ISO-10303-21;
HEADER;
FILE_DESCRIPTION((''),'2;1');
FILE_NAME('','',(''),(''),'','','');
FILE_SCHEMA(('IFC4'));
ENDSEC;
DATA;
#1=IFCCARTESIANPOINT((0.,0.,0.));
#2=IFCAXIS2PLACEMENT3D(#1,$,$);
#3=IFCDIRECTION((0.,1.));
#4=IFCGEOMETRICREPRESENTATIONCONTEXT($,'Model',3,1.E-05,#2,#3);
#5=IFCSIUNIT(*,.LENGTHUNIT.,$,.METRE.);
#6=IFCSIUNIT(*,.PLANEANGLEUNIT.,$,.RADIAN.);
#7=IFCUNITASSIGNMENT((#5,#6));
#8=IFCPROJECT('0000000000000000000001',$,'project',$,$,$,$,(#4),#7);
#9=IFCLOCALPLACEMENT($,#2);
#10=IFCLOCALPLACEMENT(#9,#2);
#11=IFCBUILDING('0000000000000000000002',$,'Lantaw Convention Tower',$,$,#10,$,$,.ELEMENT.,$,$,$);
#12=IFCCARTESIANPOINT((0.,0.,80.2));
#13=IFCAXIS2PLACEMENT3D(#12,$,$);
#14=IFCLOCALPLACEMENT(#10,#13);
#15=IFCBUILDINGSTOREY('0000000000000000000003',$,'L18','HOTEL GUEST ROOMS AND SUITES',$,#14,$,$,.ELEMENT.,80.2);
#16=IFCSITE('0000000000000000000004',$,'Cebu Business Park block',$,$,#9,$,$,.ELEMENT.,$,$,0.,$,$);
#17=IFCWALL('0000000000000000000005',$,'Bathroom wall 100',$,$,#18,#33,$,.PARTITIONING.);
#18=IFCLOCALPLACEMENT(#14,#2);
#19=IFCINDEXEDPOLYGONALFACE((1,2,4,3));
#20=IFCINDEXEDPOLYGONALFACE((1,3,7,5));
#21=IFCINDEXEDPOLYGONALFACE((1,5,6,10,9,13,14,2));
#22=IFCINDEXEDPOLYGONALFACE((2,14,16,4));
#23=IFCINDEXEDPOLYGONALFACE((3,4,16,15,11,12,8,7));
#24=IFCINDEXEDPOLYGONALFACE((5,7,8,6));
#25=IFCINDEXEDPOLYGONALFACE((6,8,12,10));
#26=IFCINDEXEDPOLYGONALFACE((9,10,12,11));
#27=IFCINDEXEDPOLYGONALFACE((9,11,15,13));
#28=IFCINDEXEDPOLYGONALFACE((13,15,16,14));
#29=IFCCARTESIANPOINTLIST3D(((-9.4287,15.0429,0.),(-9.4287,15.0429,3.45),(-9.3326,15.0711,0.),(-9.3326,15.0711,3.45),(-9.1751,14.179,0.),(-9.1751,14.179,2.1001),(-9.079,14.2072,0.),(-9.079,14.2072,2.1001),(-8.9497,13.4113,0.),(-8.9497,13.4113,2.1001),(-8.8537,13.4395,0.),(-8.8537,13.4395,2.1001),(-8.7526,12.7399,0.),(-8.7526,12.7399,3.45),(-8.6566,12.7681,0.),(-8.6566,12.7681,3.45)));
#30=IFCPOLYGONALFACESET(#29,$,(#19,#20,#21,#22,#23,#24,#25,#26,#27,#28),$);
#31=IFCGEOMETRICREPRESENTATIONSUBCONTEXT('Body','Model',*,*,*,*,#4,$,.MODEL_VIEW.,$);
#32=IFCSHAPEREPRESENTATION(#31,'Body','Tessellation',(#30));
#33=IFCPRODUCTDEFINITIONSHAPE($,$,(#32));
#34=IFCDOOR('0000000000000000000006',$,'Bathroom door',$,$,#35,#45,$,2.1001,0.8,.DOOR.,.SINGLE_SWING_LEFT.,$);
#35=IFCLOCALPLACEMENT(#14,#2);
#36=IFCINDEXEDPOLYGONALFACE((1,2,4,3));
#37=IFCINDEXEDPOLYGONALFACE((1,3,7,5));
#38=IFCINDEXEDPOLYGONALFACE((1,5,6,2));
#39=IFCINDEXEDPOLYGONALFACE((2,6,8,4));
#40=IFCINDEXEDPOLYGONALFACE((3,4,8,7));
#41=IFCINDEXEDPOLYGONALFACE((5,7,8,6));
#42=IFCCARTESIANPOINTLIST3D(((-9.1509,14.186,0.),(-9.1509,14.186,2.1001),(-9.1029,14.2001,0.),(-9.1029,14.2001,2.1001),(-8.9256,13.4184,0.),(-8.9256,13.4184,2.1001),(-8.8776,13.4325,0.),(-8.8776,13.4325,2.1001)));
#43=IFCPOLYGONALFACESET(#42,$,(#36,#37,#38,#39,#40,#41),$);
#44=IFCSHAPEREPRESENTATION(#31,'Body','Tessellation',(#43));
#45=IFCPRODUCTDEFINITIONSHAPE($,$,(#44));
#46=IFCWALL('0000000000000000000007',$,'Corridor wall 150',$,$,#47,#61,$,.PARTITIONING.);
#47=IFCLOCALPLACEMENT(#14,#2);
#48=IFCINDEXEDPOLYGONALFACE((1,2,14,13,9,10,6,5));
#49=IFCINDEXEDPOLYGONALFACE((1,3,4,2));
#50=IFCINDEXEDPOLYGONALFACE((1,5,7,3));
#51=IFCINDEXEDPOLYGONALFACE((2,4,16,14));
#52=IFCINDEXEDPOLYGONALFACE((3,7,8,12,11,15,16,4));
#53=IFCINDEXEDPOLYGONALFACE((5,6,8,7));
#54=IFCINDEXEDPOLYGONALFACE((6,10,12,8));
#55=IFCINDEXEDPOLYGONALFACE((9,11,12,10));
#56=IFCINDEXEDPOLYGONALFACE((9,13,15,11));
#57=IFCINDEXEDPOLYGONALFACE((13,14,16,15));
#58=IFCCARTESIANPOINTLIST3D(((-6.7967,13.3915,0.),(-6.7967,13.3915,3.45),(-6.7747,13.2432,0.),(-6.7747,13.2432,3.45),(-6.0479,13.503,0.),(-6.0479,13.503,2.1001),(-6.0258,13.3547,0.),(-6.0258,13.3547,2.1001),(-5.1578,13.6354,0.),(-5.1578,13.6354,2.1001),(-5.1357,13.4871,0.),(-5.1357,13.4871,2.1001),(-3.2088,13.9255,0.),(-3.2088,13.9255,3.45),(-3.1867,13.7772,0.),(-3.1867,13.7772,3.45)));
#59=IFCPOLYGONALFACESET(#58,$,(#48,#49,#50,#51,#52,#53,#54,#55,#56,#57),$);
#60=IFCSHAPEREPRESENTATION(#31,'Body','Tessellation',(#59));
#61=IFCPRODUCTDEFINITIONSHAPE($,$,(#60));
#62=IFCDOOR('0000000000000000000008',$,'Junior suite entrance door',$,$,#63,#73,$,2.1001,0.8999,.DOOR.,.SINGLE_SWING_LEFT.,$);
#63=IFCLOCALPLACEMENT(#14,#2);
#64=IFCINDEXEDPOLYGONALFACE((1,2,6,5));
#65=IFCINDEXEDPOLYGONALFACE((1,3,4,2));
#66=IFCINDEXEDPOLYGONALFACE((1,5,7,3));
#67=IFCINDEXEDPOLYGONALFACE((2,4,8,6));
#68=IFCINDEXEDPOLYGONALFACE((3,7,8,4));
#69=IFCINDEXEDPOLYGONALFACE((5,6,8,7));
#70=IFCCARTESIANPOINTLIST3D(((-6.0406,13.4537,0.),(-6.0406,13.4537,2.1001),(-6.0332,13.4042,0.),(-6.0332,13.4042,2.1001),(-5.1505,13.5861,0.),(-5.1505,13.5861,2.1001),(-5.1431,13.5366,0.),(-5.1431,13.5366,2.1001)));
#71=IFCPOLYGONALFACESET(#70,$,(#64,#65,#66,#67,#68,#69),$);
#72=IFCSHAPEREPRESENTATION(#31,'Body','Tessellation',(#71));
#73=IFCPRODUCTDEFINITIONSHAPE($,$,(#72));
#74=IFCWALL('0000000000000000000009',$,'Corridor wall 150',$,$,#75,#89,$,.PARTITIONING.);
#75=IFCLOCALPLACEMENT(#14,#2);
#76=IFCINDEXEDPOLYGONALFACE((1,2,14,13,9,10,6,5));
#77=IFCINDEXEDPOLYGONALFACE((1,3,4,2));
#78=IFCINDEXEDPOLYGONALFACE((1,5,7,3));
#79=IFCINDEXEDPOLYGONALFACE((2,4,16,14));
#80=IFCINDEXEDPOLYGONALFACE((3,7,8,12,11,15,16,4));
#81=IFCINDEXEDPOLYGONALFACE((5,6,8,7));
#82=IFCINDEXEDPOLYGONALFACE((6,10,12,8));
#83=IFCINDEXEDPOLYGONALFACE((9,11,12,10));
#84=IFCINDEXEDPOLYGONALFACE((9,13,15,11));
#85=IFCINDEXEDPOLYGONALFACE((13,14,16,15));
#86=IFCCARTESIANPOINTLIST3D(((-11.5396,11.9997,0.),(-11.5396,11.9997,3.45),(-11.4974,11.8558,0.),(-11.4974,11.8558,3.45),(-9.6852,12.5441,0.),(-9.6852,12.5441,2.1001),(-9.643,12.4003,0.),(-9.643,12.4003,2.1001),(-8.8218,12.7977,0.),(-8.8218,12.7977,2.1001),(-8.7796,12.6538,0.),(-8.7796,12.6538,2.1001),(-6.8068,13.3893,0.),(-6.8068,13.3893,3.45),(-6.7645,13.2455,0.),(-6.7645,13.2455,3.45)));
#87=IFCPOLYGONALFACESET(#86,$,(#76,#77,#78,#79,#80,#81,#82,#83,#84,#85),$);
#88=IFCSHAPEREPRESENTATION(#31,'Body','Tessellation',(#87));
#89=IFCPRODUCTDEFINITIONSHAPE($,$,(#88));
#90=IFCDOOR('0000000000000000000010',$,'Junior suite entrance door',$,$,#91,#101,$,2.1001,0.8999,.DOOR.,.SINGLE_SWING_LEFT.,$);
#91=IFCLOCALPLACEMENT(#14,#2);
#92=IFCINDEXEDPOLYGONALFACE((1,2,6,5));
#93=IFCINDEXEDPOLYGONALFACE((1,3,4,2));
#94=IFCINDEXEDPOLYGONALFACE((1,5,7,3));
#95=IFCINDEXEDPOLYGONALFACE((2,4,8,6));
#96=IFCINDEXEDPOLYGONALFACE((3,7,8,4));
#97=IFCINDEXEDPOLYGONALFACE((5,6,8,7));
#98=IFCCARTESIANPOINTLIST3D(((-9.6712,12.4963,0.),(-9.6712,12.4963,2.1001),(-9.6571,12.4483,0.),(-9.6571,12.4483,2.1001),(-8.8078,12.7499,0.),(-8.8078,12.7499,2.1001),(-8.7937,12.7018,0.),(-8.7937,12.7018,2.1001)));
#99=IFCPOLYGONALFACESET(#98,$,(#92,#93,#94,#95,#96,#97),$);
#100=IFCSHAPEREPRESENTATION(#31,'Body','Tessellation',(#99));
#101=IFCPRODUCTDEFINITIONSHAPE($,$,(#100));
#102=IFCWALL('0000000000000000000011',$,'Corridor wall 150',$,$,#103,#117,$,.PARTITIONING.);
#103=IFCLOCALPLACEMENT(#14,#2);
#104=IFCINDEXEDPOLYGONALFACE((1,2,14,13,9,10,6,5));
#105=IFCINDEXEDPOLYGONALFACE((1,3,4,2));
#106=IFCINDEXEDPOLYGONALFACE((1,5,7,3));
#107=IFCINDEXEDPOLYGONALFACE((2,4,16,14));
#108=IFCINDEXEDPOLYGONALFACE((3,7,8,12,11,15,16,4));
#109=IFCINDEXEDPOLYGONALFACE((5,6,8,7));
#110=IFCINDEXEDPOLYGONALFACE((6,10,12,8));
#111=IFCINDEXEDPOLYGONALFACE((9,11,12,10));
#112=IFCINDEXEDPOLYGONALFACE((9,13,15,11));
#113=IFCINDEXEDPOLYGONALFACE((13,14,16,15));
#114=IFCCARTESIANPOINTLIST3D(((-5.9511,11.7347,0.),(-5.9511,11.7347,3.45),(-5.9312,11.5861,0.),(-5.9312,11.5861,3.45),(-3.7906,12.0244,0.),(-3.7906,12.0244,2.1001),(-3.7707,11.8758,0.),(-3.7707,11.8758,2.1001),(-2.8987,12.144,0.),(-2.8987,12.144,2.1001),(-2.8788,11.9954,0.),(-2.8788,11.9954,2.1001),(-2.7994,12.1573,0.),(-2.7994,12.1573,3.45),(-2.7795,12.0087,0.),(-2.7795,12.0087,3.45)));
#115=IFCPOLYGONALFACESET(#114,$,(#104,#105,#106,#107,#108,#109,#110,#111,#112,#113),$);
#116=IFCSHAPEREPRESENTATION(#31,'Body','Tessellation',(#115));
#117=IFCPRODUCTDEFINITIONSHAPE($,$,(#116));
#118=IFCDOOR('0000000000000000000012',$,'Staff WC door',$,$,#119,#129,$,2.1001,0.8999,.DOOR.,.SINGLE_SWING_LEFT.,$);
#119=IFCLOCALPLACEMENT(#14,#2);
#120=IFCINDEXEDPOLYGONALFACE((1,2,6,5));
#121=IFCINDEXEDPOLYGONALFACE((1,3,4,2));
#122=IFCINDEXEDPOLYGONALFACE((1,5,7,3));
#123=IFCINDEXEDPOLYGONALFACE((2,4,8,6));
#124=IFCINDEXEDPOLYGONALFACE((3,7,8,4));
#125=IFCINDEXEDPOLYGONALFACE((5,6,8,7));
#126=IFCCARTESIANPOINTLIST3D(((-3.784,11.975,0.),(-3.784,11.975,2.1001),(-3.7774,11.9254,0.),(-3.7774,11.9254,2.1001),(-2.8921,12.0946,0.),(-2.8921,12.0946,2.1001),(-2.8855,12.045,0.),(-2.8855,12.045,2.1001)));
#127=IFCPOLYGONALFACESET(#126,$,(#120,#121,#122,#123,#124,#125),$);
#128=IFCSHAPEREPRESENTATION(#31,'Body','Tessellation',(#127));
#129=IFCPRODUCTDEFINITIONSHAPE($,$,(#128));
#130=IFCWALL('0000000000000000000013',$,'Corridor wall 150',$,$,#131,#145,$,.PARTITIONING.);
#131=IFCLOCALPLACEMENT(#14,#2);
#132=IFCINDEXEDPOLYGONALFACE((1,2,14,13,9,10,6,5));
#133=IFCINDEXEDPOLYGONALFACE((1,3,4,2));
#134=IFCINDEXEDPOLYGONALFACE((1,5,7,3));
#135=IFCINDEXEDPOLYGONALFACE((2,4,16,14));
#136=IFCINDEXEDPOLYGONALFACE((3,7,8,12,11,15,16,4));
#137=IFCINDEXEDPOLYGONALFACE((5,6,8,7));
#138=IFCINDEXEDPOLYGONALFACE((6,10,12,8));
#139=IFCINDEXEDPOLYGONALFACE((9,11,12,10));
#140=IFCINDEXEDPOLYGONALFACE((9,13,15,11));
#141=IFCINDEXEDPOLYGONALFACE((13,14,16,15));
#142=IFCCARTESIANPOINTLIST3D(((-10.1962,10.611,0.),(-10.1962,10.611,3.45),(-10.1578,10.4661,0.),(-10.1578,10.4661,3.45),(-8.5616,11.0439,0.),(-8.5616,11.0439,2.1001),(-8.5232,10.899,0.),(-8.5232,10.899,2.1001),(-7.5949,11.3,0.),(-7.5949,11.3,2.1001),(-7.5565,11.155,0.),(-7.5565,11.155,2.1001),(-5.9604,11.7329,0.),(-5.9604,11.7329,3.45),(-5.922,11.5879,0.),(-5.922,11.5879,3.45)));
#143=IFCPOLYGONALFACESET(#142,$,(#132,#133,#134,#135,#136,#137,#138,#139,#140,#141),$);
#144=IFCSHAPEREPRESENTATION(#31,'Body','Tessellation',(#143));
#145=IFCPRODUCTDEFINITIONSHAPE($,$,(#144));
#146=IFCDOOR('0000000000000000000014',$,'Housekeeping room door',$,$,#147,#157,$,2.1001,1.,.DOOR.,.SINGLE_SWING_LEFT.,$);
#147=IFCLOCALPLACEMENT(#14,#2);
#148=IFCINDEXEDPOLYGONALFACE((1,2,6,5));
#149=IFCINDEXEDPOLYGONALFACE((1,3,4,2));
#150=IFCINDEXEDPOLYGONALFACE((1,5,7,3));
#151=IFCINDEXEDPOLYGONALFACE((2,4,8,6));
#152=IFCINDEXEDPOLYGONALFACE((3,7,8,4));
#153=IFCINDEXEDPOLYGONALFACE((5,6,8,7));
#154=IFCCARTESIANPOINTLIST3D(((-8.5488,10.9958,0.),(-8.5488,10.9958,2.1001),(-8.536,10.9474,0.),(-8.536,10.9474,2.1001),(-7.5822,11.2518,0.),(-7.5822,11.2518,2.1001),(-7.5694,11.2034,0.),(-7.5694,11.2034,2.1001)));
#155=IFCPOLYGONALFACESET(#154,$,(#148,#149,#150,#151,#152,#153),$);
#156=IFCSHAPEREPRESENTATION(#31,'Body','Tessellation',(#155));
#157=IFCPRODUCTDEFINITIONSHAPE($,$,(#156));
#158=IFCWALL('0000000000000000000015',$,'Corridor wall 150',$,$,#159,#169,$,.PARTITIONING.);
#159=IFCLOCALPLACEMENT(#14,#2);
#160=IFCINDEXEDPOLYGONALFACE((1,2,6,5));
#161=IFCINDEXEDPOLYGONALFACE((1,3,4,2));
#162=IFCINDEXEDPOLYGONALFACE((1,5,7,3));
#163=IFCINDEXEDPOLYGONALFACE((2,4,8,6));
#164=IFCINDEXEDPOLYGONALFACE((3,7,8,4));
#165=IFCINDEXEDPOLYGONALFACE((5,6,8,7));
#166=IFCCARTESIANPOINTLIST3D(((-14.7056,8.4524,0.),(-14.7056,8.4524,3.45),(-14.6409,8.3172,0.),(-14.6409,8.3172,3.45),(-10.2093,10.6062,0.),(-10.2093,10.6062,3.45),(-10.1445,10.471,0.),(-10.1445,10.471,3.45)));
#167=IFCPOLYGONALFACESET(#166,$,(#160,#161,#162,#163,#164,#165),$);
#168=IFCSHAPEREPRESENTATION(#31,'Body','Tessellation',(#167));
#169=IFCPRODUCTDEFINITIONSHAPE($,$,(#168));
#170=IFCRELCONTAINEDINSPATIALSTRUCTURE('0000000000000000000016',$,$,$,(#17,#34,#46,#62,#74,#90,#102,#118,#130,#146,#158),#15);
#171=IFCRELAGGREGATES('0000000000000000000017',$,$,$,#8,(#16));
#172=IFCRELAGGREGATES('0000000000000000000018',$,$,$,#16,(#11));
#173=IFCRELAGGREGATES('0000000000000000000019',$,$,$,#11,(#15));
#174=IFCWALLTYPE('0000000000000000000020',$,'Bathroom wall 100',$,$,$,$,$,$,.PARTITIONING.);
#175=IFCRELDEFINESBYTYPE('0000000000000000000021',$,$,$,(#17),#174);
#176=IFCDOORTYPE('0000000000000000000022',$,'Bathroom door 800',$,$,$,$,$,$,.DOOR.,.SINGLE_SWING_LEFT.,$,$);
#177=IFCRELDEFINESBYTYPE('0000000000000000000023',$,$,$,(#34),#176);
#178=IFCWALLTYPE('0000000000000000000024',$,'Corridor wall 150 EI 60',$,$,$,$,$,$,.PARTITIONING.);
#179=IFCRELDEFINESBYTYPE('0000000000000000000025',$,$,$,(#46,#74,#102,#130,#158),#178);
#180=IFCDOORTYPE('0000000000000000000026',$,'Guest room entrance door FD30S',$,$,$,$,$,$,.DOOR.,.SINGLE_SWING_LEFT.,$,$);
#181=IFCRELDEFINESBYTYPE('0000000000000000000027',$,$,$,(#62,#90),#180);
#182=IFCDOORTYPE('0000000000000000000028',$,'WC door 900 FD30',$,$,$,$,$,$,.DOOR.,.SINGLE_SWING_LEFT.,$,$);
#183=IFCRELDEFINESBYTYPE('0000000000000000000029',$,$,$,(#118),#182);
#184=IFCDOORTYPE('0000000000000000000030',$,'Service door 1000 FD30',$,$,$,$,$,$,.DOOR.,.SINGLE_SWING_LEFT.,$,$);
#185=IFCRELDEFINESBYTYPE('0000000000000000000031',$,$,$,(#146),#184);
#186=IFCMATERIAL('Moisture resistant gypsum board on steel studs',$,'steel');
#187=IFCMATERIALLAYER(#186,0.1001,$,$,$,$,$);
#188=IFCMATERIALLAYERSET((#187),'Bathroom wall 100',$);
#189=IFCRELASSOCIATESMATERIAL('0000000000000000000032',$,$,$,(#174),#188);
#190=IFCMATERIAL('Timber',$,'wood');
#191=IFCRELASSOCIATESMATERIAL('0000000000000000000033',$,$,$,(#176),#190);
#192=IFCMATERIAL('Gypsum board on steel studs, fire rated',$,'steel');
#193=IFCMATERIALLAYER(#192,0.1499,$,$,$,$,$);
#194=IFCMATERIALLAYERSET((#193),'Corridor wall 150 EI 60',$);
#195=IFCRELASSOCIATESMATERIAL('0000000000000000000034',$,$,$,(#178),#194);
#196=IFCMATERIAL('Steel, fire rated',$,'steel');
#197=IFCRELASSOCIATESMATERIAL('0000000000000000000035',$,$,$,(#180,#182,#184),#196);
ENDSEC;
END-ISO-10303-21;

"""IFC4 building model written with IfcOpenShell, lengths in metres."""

from ifc_helpers import new_model, si_unit, direction, frame, frame_2d, origin, place, context, subcontext, project, spatial, rectangle, extrude, material, layer, layer_set, type_object, element, fill, save


model = new_model("IFC4")

# Units and contexts
model_context = context("Model", 3, precision=1e-05, world=origin(), true_north=direction((0.0, 1.0)))
body_context = subcontext(model_context, "Body", "Model", "MODEL_VIEW")
ifc_project = project(units=[si_unit("LENGTHUNIT", "METRE"), si_unit("PLANEANGLEUNIT", "RADIAN")], contexts=[model_context])

# Site, building, storey
site_placement = place(None, origin())
site = spatial("IfcSite", under=ifc_project, at=site_placement, Name="Cebu Business Park block", CompositionType="ELEMENT", RefElevation=0.0)
building_placement = place(site_placement, origin())
building = spatial("IfcBuilding", under=site, at=building_placement, Name="Lantaw Convention Tower", CompositionType="ELEMENT")
storey_placement = place(building_placement, frame((0.0, 0.0, 80.2)))
storey = spatial("IfcBuildingStorey", under=building, at=storey_placement, Name="L18", Description="HOTEL GUEST ROOMS AND SUITES", CompositionType="ELEMENT", Elevation=80.2)

# Walls, openings, doors
ifc_material_1 = material(Name="Moisture resistant gypsum board on steel studs", Category="steel")
ifc_layer_1 = layer(ifc_material_1, 0.1001)
ifc_layer_set_1 = layer_set([ifc_layer_1], Name="Bathroom wall 100")
wall_type_1 = type_object("IfcWallType", Name="Bathroom wall 100", PredefinedType="PARTITIONING", material=ifc_layer_set_1)
wall_1_placement = place(storey_placement, frame((-8.7046, 12.7539, 0.0), z_axis=(0.0, 0.0, 1.0), x_axis=(-0.28166, 0.959514, 0.0)))
wall_1 = element("IfcWall", 1, at=wall_1_placement, inside=storey, type_object=wall_type_1, Name="Bathroom wall 100", PredefinedType="PARTITIONING", context=body_context, shape_type="SweptSolid", body=[
    extrude(rectangle(XDim=2.4001, YDim=0.1001, at=frame_2d((1.2002, 0.0))), origin(), (0.0, 0.0, 1.0), 3.45),
])
opening_1_placement = place(wall_1_placement, frame((0.7, 0.0, 0.0)))
opening_1 = element("IfcOpeningElement", 2, at=opening_1_placement, cuts=wall_1, PredefinedType="OPENING", context=body_context, shape_type="SweptSolid", body=[
    extrude(rectangle(XDim=0.8, YDim=2.1001, at=frame_2d((0.3999, 1.05))), frame((0.0, 0.0601, 0.0), z_axis=(0.0, -1.0, 0.0), x_axis=(1.0, 0.0, 0.0)), (0.0, 0.0, 1.0), 0.1201),
])
ifc_material_2 = material(Name="Timber", Category="wood")
door_type_1 = type_object("IfcDoorType", Name="Bathroom door 800", OperationType="SINGLE_SWING_LEFT", PredefinedType="DOOR", material=ifc_material_2)
door_1_placement = place(opening_1_placement, origin())
door_1 = element("IfcDoor", 3, at=door_1_placement, inside=storey, type_object=door_type_1, Name="Bathroom door", OperationType="SINGLE_SWING_LEFT", OverallHeight=2.1001, OverallWidth=0.8, PredefinedType="DOOR", context=body_context, shape_type="SweptSolid", body=[
    extrude(rectangle(XDim=0.8, YDim=2.1001, at=frame_2d((0.3999, 1.05))), frame((0.0, 0.0249, 0.0), z_axis=(0.0, -1.0, 0.0), x_axis=(1.0, 0.0, 0.0)), (0.0, 0.0, 1.0), 0.05),
])
fill(opening_1, door_1)
ifc_material_3 = material(Name="Gypsum board on steel studs, fire rated", Category="steel")
ifc_layer_2 = layer(ifc_material_3, 0.1499)
ifc_layer_set_2 = layer_set([ifc_layer_2], Name="Corridor wall 150 EI 60")
wall_type_2 = type_object("IfcWallType", Name="Corridor wall 150 EI 60", PredefinedType="PARTITIONING", material=ifc_layer_set_2)
wall_2_placement = place(storey_placement, frame((-3.1978, 13.8513, 0.0), z_axis=(0.0, 0.0, 1.0), x_axis=(-0.989107, -0.147195, 0.0)))
wall_2 = element("IfcWall", 4, at=wall_2_placement, inside=storey, type_object=wall_type_2, Name="Corridor wall 150", PredefinedType="PARTITIONING", context=body_context, shape_type="SweptSolid", body=[
    extrude(rectangle(XDim=3.6274, YDim=0.1499, at=frame_2d((1.8137, 0.0))), origin(), (0.0, 0.0, 1.0), 3.45),
])
opening_2_placement = place(wall_2_placement, frame((1.9705, 0.0, 0.0)))
opening_2 = element("IfcOpeningElement", 5, at=opening_2_placement, cuts=wall_2, PredefinedType="OPENING", context=body_context, shape_type="SweptSolid", body=[
    extrude(rectangle(XDim=0.8999, YDim=2.1001, at=frame_2d((0.45, 1.05))), frame((0.0, 0.085, 0.0), z_axis=(0.0, -1.0, 0.0), x_axis=(1.0, 0.0, 0.0)), (0.0, 0.0, 1.0), 0.1699),
])
ifc_material_4 = material(Name="Steel, fire rated", Category="steel")
door_type_2 = type_object("IfcDoorType", Name="Guest room entrance door FD30S", OperationType="SINGLE_SWING_LEFT", PredefinedType="DOOR", material=ifc_material_4)
door_2_placement = place(opening_2_placement, origin())
door_2 = element("IfcDoor", 6, at=door_2_placement, inside=storey, type_object=door_type_2, Name="Junior suite entrance door", OperationType="SINGLE_SWING_LEFT", OverallHeight=2.1001, OverallWidth=0.8999, PredefinedType="DOOR", context=body_context, shape_type="SweptSolid", body=[
    extrude(rectangle(XDim=0.8999, YDim=2.1001, at=frame_2d((0.45, 1.05))), frame((0.0, 0.0249, 0.0), z_axis=(0.0, -1.0, 0.0), x_axis=(1.0, 0.0, 0.0)), (0.0, 0.0, 1.0), 0.05),
])
fill(opening_2, door_2)
wall_3_placement = place(storey_placement, frame((-6.7856, 13.3174, 0.0), z_axis=(0.0, 0.0, 1.0), x_axis=(-0.959496, -0.281721, 0.0)))
wall_3 = element("IfcWall", 7, at=wall_3_placement, inside=storey, type_object=wall_type_2, Name="Corridor wall 150", PredefinedType="PARTITIONING", context=body_context, shape_type="SweptSolid", body=[
    extrude(rectangle(XDim=4.9326, YDim=0.1499, at=frame_2d((2.4663, 0.0))), origin(), (0.0, 0.0, 1.0), 3.45),
])
opening_3_placement = place(wall_3_placement, frame((2.1001, 0.0, 0.0)))
opening_3 = element("IfcOpeningElement", 8, at=opening_3_placement, cuts=wall_3, PredefinedType="OPENING", context=body_context, shape_type="SweptSolid", body=[
    extrude(rectangle(XDim=0.8999, YDim=2.1001, at=frame_2d((0.45, 1.05))), frame((0.0, 0.085, 0.0), z_axis=(0.0, -1.0, 0.0), x_axis=(1.0, 0.0, 0.0)), (0.0, 0.0, 1.0), 0.1699),
])
door_3_placement = place(opening_3_placement, origin())
door_3 = element("IfcDoor", 9, at=door_3_placement, inside=storey, type_object=door_type_2, Name="Junior suite entrance door", OperationType="SINGLE_SWING_LEFT", OverallHeight=2.1001, OverallWidth=0.8999, PredefinedType="DOOR", context=body_context, shape_type="SweptSolid", body=[
    extrude(rectangle(XDim=0.8999, YDim=2.1001, at=frame_2d((0.45, 1.05))), frame((0.0, 0.0249, 0.0), z_axis=(0.0, -1.0, 0.0), x_axis=(1.0, 0.0, 0.0)), (0.0, 0.0, 1.0), 0.05),
])
fill(opening_3, door_3)
wall_4_placement = place(storey_placement, frame((-2.7896, 12.083, 0.0), z_axis=(0.0, 0.0, 1.0), x_axis=(-0.991129, -0.132903, 0.0)))
wall_4 = element("IfcWall", 10, at=wall_4_placement, inside=storey, type_object=wall_type_2, Name="Corridor wall 150", PredefinedType="PARTITIONING", context=body_context, shape_type="SweptSolid", body=[
    extrude(rectangle(XDim=3.1799, YDim=0.1499, at=frame_2d((1.5898, 0.0))), origin(), (0.0, 0.0, 1.0), 3.45),
])
opening_4_placement = place(wall_4_placement, frame((0.1001, 0.0, 0.0)))
opening_4 = element("IfcOpeningElement", 11, at=opening_4_placement, cuts=wall_4, PredefinedType="OPENING", context=body_context, shape_type="SweptSolid", body=[
    extrude(rectangle(XDim=0.8999, YDim=2.1001, at=frame_2d((0.45, 1.05))), frame((0.0, 0.085, 0.0), z_axis=(0.0, -1.0, 0.0), x_axis=(1.0, 0.0, 0.0)), (0.0, 0.0, 1.0), 0.1699),
])
door_type_3 = type_object("IfcDoorType", Name="WC door 900 FD30", OperationType="SINGLE_SWING_LEFT", PredefinedType="DOOR", material=ifc_material_4)
door_4_placement = place(opening_4_placement, origin())
door_4 = element("IfcDoor", 12, at=door_4_placement, inside=storey, type_object=door_type_3, Name="Staff WC door", OperationType="SINGLE_SWING_LEFT", OverallHeight=2.1001, OverallWidth=0.8999, PredefinedType="DOOR", context=body_context, shape_type="SweptSolid", body=[
    extrude(rectangle(XDim=0.8999, YDim=2.1001, at=frame_2d((0.45, 1.05))), frame((0.0, 0.0249, 0.0), z_axis=(0.0, -1.0, 0.0), x_axis=(1.0, 0.0, 0.0)), (0.0, 0.0, 1.0), 0.05),
])
fill(opening_4, door_4)
wall_5_placement = place(storey_placement, frame((-5.9412, 11.6604, 0.0), z_axis=(0.0, 0.0, 1.0), x_axis=(-0.966673, -0.256015, 0.0)))
wall_5 = element("IfcWall", 13, at=wall_5_placement, inside=storey, type_object=wall_type_2, Name="Corridor wall 150", PredefinedType="PARTITIONING", context=body_context, shape_type="SweptSolid", body=[
    extrude(rectangle(XDim=4.3818, YDim=0.1499, at=frame_2d((2.1909, 0.0))), origin(), (0.0, 0.0, 1.0), 3.45),
])
opening_5_placement = place(wall_5_placement, frame((1.6909, 0.0, 0.0)))
opening_5 = element("IfcOpeningElement", 14, at=opening_5_placement, cuts=wall_5, PredefinedType="OPENING", context=body_context, shape_type="SweptSolid", body=[
    extrude(rectangle(XDim=1.0, YDim=2.1001, at=frame_2d((0.5, 1.05))), frame((0.0, 0.085, 0.0), z_axis=(0.0, -1.0, 0.0), x_axis=(1.0, 0.0, 0.0)), (0.0, 0.0, 1.0), 0.1699),
])
door_type_4 = type_object("IfcDoorType", Name="Service door 1000 FD30", OperationType="SINGLE_SWING_LEFT", PredefinedType="DOOR", material=ifc_material_4)
door_5_placement = place(opening_5_placement, origin())
door_5 = element("IfcDoor", 15, at=door_5_placement, inside=storey, type_object=door_type_4, Name="Housekeeping room door", OperationType="SINGLE_SWING_LEFT", OverallHeight=2.1001, OverallWidth=1.0, PredefinedType="DOOR", context=body_context, shape_type="SweptSolid", body=[
    extrude(rectangle(XDim=1.0, YDim=2.1001, at=frame_2d((0.5, 1.05))), frame((0.0, 0.0249, 0.0), z_axis=(0.0, -1.0, 0.0), x_axis=(1.0, 0.0, 0.0)), (0.0, 0.0, 1.0), 0.05),
])
fill(opening_5, door_5)

# Wall
wall_6_placement = place(storey_placement, frame((-10.177, 10.5386, 0.0), z_axis=(0.0, 0.0, 1.0), x_axis=(-0.90187, -0.432008, 0.0)))
element("IfcWall", 16, at=wall_6_placement, inside=storey, type_object=wall_type_2, Name="Corridor wall 150", PredefinedType="PARTITIONING", context=body_context, shape_type="SweptSolid", body=[
    extrude(rectangle(XDim=4.9856, YDim=0.1499, at=frame_2d((2.4927, 0.0))), origin(), (0.0, 0.0, 1.0), 3.45),
])

save(model, "model.ifc")
